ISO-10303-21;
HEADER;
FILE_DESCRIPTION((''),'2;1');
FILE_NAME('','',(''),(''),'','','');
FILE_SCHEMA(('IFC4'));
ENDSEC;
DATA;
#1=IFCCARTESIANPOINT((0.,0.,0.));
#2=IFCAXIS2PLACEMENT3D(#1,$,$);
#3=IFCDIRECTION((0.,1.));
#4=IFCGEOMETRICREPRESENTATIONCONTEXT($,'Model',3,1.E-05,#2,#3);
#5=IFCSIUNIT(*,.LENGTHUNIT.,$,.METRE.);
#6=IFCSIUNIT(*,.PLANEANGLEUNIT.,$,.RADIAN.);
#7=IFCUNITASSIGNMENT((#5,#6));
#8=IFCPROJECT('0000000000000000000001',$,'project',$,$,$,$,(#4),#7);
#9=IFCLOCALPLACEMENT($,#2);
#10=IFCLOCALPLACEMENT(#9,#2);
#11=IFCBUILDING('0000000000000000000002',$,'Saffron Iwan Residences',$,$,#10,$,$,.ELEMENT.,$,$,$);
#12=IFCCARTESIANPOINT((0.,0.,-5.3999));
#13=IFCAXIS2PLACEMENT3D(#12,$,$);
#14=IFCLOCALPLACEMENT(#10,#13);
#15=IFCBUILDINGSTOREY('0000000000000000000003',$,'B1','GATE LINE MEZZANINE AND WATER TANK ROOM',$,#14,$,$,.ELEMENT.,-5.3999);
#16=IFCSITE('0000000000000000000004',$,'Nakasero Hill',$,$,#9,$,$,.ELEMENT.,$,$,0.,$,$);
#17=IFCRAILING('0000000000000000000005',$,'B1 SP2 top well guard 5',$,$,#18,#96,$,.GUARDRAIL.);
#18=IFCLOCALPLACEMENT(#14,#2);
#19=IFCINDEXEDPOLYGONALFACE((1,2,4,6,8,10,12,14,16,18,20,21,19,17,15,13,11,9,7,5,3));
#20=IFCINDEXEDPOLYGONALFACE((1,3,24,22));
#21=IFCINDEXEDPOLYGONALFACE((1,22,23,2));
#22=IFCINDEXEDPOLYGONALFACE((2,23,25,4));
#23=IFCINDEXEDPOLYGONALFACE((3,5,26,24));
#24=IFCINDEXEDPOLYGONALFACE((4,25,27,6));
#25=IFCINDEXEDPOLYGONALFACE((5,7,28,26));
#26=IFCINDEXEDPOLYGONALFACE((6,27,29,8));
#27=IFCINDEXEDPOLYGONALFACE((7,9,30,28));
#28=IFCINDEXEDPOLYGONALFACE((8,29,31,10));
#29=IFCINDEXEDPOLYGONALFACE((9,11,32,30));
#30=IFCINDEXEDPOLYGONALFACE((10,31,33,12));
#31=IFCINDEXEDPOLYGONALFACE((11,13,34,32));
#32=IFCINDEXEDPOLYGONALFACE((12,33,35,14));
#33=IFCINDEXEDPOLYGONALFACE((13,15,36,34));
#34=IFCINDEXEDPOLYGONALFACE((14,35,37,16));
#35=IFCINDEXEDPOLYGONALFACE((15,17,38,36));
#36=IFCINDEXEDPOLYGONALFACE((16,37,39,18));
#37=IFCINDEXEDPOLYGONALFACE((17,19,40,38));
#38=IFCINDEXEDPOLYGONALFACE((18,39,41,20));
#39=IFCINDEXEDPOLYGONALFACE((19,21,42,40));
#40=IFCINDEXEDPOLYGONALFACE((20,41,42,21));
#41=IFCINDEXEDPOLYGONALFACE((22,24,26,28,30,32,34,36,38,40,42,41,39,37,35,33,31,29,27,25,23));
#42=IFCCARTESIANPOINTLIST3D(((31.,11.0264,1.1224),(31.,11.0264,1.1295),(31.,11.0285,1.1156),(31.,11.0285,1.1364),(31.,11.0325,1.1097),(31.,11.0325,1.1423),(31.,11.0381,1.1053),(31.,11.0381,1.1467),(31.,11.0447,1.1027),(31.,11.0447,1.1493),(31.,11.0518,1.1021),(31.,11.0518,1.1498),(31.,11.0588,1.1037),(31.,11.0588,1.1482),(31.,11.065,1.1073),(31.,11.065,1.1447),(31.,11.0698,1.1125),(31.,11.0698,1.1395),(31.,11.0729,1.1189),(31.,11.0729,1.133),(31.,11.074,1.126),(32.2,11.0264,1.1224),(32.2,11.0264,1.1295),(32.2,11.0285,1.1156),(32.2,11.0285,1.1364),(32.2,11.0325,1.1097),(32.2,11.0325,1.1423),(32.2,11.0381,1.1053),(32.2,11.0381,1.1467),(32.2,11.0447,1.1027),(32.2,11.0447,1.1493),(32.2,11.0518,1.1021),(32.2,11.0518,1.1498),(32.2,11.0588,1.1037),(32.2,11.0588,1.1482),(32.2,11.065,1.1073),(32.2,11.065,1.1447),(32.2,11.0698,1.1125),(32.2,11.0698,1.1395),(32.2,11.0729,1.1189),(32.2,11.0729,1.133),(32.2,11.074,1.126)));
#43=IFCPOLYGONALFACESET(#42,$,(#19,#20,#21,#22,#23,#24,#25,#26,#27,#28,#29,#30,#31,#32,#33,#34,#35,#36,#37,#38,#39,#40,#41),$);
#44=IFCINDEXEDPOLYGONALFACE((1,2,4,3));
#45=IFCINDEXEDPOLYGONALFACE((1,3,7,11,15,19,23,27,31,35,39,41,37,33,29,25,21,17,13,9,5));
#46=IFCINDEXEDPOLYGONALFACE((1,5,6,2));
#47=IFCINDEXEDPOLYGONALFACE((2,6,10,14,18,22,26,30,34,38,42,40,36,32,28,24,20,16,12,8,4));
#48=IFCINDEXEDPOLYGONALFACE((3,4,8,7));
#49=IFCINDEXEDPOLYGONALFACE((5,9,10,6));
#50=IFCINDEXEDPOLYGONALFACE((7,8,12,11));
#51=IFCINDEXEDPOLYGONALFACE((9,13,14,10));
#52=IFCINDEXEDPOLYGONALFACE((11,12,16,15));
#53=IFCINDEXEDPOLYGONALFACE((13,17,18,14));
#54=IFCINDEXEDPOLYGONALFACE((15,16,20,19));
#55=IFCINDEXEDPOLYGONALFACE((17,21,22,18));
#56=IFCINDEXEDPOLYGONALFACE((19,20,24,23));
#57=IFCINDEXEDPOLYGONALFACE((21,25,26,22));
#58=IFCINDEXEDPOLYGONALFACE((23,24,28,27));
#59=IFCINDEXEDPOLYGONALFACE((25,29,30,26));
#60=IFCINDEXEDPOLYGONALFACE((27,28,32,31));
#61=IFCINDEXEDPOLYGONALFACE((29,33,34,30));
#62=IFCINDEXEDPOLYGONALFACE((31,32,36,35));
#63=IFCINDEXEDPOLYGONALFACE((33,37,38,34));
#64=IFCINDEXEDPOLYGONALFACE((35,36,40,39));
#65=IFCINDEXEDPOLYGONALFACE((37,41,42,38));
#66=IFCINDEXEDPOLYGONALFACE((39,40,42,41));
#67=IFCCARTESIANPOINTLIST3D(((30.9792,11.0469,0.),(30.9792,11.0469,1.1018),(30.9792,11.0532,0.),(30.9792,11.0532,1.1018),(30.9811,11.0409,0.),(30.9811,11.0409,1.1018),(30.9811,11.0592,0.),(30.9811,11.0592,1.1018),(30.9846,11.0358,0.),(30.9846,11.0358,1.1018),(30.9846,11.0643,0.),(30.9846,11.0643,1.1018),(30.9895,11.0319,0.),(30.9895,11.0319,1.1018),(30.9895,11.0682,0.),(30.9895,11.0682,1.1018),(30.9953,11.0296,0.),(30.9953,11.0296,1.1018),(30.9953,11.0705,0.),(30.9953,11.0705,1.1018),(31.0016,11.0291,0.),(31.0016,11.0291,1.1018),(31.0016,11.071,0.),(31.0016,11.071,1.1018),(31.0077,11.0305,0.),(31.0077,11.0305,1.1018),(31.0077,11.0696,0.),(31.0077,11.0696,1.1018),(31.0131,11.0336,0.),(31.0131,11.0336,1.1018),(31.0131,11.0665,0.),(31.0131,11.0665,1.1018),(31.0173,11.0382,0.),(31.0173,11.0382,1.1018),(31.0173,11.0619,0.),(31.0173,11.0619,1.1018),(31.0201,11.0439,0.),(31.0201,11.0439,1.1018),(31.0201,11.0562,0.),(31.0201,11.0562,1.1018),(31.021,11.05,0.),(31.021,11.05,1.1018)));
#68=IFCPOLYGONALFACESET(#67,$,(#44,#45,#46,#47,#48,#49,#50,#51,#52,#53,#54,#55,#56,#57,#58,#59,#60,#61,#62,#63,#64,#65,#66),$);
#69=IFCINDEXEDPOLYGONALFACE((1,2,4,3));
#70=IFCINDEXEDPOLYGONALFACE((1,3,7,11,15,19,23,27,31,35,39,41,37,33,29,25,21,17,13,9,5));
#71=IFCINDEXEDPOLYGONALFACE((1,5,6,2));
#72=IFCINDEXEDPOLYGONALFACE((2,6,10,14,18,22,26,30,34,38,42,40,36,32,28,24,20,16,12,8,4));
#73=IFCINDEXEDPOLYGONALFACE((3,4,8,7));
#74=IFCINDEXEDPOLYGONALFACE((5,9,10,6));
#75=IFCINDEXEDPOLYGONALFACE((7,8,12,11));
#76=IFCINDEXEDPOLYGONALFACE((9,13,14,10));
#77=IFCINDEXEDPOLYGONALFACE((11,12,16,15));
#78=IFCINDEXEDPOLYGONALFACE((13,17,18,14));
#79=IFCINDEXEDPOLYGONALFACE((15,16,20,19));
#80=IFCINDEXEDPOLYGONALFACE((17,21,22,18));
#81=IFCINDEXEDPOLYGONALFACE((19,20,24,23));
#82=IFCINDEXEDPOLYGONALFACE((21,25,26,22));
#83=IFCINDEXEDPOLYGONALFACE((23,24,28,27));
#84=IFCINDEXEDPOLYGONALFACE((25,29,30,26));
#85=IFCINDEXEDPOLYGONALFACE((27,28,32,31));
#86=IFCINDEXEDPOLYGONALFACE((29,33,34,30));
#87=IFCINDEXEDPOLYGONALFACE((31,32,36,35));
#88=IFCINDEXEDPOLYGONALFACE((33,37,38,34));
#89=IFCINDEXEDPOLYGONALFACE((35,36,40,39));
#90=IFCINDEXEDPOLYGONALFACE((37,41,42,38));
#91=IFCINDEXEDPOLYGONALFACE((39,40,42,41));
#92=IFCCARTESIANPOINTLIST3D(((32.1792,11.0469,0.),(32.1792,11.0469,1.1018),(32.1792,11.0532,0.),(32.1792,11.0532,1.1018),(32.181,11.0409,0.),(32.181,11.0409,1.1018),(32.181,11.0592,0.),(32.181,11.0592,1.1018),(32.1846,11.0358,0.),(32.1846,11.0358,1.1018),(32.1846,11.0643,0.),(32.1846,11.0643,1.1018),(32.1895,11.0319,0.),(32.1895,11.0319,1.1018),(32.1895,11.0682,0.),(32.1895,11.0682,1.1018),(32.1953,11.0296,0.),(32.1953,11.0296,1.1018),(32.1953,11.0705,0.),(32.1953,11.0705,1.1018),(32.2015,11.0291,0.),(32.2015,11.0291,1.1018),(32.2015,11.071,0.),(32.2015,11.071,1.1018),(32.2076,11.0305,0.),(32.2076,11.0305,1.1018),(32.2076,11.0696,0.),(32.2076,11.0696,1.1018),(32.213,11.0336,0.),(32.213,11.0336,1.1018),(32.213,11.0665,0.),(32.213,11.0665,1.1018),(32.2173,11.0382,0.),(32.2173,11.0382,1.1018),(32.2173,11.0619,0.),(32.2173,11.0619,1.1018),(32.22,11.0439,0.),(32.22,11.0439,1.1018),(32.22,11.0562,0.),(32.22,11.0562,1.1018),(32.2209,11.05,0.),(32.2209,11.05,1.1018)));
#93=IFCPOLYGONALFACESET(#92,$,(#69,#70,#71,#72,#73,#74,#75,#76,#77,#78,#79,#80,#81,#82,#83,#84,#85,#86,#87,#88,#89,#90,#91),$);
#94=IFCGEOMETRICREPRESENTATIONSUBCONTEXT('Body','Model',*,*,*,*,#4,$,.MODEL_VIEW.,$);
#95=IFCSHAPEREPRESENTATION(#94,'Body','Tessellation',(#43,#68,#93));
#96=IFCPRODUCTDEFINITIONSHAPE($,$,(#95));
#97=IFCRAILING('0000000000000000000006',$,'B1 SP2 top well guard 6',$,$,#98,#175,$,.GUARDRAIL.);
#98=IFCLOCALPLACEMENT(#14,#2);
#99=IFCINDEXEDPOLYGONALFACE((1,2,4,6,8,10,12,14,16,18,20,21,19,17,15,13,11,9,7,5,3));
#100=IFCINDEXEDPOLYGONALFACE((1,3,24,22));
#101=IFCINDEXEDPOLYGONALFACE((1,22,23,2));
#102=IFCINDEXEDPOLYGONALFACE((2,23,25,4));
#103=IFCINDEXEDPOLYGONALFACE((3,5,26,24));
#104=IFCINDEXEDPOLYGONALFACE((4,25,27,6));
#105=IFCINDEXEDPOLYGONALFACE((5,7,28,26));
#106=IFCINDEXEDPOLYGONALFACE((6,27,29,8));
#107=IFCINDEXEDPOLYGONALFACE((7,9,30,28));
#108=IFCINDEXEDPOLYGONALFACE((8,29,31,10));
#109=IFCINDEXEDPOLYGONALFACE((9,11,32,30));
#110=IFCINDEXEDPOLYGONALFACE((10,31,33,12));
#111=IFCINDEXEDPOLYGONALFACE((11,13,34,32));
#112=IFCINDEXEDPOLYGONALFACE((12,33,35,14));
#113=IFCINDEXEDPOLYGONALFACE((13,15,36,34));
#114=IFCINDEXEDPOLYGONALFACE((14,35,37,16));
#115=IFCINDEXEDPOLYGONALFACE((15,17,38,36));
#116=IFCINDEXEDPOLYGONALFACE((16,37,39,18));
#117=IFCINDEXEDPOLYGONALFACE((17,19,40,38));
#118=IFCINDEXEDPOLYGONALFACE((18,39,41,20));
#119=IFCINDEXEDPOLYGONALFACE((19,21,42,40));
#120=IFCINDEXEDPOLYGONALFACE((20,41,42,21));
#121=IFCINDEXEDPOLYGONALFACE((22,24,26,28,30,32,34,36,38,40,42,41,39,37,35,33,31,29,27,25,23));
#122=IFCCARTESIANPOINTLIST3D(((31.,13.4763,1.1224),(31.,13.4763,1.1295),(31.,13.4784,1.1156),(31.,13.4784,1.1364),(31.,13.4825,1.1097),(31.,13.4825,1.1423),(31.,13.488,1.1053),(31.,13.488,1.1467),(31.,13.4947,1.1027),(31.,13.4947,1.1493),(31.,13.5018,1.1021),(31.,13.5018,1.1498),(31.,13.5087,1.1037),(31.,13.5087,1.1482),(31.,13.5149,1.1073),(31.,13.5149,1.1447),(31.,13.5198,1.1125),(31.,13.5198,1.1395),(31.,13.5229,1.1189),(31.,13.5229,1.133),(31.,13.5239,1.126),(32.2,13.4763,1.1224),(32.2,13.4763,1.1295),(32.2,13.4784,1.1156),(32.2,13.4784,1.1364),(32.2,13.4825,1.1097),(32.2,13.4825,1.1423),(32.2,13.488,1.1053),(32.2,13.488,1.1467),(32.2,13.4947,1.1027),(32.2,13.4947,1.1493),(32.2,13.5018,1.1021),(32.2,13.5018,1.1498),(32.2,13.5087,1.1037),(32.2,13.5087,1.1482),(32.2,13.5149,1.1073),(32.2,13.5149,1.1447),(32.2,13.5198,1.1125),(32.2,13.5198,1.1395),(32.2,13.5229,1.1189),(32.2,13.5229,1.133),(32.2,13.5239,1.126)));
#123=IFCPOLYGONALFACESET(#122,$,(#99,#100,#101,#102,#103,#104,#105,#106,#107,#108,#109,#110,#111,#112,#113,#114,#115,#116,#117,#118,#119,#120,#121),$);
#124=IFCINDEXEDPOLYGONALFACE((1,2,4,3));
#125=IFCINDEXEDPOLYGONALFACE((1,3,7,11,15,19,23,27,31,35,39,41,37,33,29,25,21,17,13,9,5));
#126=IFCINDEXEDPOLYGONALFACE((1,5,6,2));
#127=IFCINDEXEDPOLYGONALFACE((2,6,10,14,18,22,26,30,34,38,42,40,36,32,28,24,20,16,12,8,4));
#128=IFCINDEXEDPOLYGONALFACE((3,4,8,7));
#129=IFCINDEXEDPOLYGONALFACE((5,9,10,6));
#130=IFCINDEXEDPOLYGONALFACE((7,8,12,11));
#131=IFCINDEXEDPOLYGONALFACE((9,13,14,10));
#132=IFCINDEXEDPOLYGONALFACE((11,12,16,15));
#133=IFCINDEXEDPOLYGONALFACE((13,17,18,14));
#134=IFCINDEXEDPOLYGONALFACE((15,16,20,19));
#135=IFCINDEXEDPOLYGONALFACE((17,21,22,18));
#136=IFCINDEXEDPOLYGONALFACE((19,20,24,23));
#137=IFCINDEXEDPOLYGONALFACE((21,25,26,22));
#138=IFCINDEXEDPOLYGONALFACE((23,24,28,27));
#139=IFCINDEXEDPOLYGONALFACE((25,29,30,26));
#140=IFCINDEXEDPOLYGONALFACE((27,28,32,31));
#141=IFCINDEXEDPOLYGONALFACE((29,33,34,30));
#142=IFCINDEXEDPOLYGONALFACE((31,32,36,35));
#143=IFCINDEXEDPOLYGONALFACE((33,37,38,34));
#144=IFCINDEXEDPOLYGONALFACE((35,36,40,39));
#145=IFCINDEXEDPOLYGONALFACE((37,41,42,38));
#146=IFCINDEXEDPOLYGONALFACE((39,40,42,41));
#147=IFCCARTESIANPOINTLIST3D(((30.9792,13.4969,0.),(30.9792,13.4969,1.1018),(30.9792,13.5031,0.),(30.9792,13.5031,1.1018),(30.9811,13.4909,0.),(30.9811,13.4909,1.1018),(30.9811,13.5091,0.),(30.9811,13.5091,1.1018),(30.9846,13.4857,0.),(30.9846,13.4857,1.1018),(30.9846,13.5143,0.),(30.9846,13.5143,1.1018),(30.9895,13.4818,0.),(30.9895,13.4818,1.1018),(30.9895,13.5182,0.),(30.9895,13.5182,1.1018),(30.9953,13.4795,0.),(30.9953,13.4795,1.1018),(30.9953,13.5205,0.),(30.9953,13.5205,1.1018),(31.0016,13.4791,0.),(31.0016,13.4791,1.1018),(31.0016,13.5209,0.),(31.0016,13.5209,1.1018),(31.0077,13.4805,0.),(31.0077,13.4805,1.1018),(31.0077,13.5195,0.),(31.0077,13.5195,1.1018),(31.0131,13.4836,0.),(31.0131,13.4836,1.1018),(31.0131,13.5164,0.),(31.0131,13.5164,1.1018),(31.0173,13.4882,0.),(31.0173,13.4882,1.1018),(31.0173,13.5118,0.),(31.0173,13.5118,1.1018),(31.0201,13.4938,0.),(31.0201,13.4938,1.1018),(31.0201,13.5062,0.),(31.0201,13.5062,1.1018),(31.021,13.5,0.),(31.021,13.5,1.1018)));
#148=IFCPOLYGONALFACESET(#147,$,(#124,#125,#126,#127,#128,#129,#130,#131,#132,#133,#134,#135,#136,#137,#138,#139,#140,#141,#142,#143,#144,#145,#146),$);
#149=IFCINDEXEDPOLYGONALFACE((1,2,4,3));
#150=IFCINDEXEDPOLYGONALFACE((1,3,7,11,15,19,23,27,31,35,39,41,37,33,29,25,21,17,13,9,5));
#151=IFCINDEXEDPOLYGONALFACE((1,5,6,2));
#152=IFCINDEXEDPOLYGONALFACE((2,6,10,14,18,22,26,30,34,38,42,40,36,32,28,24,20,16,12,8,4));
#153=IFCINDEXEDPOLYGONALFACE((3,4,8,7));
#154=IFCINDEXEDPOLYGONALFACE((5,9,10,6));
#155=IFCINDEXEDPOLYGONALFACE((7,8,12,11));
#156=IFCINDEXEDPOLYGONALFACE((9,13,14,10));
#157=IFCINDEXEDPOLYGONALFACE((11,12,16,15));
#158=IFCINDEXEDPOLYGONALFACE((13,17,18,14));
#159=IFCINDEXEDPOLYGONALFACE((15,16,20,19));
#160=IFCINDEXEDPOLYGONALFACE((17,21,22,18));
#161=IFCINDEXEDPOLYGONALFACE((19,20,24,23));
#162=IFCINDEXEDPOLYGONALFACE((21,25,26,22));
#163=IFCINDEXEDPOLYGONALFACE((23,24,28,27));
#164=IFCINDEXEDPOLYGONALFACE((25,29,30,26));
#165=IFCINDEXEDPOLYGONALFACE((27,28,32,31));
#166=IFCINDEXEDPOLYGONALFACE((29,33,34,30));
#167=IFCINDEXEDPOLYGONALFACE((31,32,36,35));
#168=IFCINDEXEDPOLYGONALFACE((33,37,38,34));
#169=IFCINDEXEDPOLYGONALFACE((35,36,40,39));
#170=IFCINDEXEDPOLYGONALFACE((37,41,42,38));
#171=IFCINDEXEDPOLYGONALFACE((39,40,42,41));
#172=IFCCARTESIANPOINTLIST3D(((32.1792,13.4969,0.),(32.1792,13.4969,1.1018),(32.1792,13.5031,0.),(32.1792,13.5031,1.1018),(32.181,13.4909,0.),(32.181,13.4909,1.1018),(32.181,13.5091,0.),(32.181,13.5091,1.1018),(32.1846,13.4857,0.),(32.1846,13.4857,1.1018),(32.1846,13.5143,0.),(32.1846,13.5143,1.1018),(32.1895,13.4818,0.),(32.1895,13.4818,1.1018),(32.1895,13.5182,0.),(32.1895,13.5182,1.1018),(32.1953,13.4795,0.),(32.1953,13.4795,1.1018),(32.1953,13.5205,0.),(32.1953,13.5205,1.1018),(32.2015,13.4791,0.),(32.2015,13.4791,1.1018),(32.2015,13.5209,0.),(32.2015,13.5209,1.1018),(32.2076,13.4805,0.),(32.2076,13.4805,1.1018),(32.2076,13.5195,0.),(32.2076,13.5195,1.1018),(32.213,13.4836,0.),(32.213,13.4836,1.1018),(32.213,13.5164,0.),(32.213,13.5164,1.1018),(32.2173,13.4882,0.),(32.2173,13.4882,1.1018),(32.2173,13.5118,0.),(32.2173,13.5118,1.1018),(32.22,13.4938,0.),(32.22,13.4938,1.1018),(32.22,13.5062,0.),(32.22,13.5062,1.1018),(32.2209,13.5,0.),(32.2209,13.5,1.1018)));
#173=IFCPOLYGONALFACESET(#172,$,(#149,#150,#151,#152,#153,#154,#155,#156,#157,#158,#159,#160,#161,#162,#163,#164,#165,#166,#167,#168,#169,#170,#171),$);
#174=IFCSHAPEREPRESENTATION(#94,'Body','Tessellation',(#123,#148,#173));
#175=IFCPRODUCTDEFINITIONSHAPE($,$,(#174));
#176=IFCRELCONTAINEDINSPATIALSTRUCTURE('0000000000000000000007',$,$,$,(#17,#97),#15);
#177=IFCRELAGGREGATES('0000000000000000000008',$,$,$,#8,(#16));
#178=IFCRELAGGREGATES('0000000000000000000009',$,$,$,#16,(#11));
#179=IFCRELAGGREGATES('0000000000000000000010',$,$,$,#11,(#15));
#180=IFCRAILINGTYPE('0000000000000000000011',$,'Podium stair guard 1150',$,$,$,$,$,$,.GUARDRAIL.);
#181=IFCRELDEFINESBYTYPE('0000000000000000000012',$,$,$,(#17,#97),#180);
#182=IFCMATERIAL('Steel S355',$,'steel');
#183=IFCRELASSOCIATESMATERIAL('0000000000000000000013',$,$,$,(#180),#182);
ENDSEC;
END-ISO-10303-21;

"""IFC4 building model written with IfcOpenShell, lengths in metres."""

from ifc_helpers import new_model, si_unit, direction, frame, origin, origin_2d, place, context, subcontext, project, spatial, circle, extrude, material, type_object, element, save


model = new_model("IFC4")

# Units and contexts
model_context = context("Model", 3, precision=1e-05, world=origin(), true_north=direction((0.0, 1.0)))
body_context = subcontext(model_context, "Body", "Model", "MODEL_VIEW")
ifc_project = project(units=[si_unit("LENGTHUNIT", "METRE"), si_unit("PLANEANGLEUNIT", "RADIAN")], contexts=[model_context])

# Site, building, storey
site_placement = place(None, origin())
site = spatial("IfcSite", under=ifc_project, at=site_placement, Name="Nakasero Hill", CompositionType="ELEMENT", RefElevation=0.0)
building_placement = place(site_placement, origin())
building = spatial("IfcBuilding", under=site, at=building_placement, Name="Saffron Iwan Residences", CompositionType="ELEMENT")
storey_placement = place(building_placement, frame((0.0, 0.0, -5.3999)))
storey = spatial("IfcBuildingStorey", under=building, at=storey_placement, Name="B1", Description="GATE LINE MEZZANINE AND WATER TANK ROOM", CompositionType="ELEMENT", Elevation=-5.3999)

# Railings
ifc_material_1 = material(Name="Steel S355", Category="steel")
railing_type_1 = type_object("IfcRailingType", Name="Podium stair guard 1150", PredefinedType="GUARDRAIL", material=ifc_material_1)
for number, where, name in (
    (1, (31.0, 11.05, 0.0), "B1 SP2 top well guard 5"),
    (2, (31.0, 13.5, 0.0), "B1 SP2 top well guard 6"),
):
    element("IfcRailing", number, at=place(storey_placement, frame(where)), inside=storey, type_object=railing_type_1, Name=name, PredefinedType="GUARDRAIL", context=body_context, shape_type="SweptSolid", body=[
        extrude(circle(Radius=0.0239, at=origin_2d()), frame((0.0, 0.0, 1.126), z_axis=(1.0, 0.0, 0.0), x_axis=(0.0, 1.0, 0.0)), (0.0, 0.0, 1.0), 1.2),
        extrude(circle(Radius=0.021, at=origin_2d()), origin(), (0.0, 0.0, 1.0), 1.1018),
        extrude(circle(Radius=0.021, at=origin_2d()), frame((1.2, 0.0, 0.0)), (0.0, 0.0, 1.0), 1.1018),
    ])

save(model, "model.ifc")
